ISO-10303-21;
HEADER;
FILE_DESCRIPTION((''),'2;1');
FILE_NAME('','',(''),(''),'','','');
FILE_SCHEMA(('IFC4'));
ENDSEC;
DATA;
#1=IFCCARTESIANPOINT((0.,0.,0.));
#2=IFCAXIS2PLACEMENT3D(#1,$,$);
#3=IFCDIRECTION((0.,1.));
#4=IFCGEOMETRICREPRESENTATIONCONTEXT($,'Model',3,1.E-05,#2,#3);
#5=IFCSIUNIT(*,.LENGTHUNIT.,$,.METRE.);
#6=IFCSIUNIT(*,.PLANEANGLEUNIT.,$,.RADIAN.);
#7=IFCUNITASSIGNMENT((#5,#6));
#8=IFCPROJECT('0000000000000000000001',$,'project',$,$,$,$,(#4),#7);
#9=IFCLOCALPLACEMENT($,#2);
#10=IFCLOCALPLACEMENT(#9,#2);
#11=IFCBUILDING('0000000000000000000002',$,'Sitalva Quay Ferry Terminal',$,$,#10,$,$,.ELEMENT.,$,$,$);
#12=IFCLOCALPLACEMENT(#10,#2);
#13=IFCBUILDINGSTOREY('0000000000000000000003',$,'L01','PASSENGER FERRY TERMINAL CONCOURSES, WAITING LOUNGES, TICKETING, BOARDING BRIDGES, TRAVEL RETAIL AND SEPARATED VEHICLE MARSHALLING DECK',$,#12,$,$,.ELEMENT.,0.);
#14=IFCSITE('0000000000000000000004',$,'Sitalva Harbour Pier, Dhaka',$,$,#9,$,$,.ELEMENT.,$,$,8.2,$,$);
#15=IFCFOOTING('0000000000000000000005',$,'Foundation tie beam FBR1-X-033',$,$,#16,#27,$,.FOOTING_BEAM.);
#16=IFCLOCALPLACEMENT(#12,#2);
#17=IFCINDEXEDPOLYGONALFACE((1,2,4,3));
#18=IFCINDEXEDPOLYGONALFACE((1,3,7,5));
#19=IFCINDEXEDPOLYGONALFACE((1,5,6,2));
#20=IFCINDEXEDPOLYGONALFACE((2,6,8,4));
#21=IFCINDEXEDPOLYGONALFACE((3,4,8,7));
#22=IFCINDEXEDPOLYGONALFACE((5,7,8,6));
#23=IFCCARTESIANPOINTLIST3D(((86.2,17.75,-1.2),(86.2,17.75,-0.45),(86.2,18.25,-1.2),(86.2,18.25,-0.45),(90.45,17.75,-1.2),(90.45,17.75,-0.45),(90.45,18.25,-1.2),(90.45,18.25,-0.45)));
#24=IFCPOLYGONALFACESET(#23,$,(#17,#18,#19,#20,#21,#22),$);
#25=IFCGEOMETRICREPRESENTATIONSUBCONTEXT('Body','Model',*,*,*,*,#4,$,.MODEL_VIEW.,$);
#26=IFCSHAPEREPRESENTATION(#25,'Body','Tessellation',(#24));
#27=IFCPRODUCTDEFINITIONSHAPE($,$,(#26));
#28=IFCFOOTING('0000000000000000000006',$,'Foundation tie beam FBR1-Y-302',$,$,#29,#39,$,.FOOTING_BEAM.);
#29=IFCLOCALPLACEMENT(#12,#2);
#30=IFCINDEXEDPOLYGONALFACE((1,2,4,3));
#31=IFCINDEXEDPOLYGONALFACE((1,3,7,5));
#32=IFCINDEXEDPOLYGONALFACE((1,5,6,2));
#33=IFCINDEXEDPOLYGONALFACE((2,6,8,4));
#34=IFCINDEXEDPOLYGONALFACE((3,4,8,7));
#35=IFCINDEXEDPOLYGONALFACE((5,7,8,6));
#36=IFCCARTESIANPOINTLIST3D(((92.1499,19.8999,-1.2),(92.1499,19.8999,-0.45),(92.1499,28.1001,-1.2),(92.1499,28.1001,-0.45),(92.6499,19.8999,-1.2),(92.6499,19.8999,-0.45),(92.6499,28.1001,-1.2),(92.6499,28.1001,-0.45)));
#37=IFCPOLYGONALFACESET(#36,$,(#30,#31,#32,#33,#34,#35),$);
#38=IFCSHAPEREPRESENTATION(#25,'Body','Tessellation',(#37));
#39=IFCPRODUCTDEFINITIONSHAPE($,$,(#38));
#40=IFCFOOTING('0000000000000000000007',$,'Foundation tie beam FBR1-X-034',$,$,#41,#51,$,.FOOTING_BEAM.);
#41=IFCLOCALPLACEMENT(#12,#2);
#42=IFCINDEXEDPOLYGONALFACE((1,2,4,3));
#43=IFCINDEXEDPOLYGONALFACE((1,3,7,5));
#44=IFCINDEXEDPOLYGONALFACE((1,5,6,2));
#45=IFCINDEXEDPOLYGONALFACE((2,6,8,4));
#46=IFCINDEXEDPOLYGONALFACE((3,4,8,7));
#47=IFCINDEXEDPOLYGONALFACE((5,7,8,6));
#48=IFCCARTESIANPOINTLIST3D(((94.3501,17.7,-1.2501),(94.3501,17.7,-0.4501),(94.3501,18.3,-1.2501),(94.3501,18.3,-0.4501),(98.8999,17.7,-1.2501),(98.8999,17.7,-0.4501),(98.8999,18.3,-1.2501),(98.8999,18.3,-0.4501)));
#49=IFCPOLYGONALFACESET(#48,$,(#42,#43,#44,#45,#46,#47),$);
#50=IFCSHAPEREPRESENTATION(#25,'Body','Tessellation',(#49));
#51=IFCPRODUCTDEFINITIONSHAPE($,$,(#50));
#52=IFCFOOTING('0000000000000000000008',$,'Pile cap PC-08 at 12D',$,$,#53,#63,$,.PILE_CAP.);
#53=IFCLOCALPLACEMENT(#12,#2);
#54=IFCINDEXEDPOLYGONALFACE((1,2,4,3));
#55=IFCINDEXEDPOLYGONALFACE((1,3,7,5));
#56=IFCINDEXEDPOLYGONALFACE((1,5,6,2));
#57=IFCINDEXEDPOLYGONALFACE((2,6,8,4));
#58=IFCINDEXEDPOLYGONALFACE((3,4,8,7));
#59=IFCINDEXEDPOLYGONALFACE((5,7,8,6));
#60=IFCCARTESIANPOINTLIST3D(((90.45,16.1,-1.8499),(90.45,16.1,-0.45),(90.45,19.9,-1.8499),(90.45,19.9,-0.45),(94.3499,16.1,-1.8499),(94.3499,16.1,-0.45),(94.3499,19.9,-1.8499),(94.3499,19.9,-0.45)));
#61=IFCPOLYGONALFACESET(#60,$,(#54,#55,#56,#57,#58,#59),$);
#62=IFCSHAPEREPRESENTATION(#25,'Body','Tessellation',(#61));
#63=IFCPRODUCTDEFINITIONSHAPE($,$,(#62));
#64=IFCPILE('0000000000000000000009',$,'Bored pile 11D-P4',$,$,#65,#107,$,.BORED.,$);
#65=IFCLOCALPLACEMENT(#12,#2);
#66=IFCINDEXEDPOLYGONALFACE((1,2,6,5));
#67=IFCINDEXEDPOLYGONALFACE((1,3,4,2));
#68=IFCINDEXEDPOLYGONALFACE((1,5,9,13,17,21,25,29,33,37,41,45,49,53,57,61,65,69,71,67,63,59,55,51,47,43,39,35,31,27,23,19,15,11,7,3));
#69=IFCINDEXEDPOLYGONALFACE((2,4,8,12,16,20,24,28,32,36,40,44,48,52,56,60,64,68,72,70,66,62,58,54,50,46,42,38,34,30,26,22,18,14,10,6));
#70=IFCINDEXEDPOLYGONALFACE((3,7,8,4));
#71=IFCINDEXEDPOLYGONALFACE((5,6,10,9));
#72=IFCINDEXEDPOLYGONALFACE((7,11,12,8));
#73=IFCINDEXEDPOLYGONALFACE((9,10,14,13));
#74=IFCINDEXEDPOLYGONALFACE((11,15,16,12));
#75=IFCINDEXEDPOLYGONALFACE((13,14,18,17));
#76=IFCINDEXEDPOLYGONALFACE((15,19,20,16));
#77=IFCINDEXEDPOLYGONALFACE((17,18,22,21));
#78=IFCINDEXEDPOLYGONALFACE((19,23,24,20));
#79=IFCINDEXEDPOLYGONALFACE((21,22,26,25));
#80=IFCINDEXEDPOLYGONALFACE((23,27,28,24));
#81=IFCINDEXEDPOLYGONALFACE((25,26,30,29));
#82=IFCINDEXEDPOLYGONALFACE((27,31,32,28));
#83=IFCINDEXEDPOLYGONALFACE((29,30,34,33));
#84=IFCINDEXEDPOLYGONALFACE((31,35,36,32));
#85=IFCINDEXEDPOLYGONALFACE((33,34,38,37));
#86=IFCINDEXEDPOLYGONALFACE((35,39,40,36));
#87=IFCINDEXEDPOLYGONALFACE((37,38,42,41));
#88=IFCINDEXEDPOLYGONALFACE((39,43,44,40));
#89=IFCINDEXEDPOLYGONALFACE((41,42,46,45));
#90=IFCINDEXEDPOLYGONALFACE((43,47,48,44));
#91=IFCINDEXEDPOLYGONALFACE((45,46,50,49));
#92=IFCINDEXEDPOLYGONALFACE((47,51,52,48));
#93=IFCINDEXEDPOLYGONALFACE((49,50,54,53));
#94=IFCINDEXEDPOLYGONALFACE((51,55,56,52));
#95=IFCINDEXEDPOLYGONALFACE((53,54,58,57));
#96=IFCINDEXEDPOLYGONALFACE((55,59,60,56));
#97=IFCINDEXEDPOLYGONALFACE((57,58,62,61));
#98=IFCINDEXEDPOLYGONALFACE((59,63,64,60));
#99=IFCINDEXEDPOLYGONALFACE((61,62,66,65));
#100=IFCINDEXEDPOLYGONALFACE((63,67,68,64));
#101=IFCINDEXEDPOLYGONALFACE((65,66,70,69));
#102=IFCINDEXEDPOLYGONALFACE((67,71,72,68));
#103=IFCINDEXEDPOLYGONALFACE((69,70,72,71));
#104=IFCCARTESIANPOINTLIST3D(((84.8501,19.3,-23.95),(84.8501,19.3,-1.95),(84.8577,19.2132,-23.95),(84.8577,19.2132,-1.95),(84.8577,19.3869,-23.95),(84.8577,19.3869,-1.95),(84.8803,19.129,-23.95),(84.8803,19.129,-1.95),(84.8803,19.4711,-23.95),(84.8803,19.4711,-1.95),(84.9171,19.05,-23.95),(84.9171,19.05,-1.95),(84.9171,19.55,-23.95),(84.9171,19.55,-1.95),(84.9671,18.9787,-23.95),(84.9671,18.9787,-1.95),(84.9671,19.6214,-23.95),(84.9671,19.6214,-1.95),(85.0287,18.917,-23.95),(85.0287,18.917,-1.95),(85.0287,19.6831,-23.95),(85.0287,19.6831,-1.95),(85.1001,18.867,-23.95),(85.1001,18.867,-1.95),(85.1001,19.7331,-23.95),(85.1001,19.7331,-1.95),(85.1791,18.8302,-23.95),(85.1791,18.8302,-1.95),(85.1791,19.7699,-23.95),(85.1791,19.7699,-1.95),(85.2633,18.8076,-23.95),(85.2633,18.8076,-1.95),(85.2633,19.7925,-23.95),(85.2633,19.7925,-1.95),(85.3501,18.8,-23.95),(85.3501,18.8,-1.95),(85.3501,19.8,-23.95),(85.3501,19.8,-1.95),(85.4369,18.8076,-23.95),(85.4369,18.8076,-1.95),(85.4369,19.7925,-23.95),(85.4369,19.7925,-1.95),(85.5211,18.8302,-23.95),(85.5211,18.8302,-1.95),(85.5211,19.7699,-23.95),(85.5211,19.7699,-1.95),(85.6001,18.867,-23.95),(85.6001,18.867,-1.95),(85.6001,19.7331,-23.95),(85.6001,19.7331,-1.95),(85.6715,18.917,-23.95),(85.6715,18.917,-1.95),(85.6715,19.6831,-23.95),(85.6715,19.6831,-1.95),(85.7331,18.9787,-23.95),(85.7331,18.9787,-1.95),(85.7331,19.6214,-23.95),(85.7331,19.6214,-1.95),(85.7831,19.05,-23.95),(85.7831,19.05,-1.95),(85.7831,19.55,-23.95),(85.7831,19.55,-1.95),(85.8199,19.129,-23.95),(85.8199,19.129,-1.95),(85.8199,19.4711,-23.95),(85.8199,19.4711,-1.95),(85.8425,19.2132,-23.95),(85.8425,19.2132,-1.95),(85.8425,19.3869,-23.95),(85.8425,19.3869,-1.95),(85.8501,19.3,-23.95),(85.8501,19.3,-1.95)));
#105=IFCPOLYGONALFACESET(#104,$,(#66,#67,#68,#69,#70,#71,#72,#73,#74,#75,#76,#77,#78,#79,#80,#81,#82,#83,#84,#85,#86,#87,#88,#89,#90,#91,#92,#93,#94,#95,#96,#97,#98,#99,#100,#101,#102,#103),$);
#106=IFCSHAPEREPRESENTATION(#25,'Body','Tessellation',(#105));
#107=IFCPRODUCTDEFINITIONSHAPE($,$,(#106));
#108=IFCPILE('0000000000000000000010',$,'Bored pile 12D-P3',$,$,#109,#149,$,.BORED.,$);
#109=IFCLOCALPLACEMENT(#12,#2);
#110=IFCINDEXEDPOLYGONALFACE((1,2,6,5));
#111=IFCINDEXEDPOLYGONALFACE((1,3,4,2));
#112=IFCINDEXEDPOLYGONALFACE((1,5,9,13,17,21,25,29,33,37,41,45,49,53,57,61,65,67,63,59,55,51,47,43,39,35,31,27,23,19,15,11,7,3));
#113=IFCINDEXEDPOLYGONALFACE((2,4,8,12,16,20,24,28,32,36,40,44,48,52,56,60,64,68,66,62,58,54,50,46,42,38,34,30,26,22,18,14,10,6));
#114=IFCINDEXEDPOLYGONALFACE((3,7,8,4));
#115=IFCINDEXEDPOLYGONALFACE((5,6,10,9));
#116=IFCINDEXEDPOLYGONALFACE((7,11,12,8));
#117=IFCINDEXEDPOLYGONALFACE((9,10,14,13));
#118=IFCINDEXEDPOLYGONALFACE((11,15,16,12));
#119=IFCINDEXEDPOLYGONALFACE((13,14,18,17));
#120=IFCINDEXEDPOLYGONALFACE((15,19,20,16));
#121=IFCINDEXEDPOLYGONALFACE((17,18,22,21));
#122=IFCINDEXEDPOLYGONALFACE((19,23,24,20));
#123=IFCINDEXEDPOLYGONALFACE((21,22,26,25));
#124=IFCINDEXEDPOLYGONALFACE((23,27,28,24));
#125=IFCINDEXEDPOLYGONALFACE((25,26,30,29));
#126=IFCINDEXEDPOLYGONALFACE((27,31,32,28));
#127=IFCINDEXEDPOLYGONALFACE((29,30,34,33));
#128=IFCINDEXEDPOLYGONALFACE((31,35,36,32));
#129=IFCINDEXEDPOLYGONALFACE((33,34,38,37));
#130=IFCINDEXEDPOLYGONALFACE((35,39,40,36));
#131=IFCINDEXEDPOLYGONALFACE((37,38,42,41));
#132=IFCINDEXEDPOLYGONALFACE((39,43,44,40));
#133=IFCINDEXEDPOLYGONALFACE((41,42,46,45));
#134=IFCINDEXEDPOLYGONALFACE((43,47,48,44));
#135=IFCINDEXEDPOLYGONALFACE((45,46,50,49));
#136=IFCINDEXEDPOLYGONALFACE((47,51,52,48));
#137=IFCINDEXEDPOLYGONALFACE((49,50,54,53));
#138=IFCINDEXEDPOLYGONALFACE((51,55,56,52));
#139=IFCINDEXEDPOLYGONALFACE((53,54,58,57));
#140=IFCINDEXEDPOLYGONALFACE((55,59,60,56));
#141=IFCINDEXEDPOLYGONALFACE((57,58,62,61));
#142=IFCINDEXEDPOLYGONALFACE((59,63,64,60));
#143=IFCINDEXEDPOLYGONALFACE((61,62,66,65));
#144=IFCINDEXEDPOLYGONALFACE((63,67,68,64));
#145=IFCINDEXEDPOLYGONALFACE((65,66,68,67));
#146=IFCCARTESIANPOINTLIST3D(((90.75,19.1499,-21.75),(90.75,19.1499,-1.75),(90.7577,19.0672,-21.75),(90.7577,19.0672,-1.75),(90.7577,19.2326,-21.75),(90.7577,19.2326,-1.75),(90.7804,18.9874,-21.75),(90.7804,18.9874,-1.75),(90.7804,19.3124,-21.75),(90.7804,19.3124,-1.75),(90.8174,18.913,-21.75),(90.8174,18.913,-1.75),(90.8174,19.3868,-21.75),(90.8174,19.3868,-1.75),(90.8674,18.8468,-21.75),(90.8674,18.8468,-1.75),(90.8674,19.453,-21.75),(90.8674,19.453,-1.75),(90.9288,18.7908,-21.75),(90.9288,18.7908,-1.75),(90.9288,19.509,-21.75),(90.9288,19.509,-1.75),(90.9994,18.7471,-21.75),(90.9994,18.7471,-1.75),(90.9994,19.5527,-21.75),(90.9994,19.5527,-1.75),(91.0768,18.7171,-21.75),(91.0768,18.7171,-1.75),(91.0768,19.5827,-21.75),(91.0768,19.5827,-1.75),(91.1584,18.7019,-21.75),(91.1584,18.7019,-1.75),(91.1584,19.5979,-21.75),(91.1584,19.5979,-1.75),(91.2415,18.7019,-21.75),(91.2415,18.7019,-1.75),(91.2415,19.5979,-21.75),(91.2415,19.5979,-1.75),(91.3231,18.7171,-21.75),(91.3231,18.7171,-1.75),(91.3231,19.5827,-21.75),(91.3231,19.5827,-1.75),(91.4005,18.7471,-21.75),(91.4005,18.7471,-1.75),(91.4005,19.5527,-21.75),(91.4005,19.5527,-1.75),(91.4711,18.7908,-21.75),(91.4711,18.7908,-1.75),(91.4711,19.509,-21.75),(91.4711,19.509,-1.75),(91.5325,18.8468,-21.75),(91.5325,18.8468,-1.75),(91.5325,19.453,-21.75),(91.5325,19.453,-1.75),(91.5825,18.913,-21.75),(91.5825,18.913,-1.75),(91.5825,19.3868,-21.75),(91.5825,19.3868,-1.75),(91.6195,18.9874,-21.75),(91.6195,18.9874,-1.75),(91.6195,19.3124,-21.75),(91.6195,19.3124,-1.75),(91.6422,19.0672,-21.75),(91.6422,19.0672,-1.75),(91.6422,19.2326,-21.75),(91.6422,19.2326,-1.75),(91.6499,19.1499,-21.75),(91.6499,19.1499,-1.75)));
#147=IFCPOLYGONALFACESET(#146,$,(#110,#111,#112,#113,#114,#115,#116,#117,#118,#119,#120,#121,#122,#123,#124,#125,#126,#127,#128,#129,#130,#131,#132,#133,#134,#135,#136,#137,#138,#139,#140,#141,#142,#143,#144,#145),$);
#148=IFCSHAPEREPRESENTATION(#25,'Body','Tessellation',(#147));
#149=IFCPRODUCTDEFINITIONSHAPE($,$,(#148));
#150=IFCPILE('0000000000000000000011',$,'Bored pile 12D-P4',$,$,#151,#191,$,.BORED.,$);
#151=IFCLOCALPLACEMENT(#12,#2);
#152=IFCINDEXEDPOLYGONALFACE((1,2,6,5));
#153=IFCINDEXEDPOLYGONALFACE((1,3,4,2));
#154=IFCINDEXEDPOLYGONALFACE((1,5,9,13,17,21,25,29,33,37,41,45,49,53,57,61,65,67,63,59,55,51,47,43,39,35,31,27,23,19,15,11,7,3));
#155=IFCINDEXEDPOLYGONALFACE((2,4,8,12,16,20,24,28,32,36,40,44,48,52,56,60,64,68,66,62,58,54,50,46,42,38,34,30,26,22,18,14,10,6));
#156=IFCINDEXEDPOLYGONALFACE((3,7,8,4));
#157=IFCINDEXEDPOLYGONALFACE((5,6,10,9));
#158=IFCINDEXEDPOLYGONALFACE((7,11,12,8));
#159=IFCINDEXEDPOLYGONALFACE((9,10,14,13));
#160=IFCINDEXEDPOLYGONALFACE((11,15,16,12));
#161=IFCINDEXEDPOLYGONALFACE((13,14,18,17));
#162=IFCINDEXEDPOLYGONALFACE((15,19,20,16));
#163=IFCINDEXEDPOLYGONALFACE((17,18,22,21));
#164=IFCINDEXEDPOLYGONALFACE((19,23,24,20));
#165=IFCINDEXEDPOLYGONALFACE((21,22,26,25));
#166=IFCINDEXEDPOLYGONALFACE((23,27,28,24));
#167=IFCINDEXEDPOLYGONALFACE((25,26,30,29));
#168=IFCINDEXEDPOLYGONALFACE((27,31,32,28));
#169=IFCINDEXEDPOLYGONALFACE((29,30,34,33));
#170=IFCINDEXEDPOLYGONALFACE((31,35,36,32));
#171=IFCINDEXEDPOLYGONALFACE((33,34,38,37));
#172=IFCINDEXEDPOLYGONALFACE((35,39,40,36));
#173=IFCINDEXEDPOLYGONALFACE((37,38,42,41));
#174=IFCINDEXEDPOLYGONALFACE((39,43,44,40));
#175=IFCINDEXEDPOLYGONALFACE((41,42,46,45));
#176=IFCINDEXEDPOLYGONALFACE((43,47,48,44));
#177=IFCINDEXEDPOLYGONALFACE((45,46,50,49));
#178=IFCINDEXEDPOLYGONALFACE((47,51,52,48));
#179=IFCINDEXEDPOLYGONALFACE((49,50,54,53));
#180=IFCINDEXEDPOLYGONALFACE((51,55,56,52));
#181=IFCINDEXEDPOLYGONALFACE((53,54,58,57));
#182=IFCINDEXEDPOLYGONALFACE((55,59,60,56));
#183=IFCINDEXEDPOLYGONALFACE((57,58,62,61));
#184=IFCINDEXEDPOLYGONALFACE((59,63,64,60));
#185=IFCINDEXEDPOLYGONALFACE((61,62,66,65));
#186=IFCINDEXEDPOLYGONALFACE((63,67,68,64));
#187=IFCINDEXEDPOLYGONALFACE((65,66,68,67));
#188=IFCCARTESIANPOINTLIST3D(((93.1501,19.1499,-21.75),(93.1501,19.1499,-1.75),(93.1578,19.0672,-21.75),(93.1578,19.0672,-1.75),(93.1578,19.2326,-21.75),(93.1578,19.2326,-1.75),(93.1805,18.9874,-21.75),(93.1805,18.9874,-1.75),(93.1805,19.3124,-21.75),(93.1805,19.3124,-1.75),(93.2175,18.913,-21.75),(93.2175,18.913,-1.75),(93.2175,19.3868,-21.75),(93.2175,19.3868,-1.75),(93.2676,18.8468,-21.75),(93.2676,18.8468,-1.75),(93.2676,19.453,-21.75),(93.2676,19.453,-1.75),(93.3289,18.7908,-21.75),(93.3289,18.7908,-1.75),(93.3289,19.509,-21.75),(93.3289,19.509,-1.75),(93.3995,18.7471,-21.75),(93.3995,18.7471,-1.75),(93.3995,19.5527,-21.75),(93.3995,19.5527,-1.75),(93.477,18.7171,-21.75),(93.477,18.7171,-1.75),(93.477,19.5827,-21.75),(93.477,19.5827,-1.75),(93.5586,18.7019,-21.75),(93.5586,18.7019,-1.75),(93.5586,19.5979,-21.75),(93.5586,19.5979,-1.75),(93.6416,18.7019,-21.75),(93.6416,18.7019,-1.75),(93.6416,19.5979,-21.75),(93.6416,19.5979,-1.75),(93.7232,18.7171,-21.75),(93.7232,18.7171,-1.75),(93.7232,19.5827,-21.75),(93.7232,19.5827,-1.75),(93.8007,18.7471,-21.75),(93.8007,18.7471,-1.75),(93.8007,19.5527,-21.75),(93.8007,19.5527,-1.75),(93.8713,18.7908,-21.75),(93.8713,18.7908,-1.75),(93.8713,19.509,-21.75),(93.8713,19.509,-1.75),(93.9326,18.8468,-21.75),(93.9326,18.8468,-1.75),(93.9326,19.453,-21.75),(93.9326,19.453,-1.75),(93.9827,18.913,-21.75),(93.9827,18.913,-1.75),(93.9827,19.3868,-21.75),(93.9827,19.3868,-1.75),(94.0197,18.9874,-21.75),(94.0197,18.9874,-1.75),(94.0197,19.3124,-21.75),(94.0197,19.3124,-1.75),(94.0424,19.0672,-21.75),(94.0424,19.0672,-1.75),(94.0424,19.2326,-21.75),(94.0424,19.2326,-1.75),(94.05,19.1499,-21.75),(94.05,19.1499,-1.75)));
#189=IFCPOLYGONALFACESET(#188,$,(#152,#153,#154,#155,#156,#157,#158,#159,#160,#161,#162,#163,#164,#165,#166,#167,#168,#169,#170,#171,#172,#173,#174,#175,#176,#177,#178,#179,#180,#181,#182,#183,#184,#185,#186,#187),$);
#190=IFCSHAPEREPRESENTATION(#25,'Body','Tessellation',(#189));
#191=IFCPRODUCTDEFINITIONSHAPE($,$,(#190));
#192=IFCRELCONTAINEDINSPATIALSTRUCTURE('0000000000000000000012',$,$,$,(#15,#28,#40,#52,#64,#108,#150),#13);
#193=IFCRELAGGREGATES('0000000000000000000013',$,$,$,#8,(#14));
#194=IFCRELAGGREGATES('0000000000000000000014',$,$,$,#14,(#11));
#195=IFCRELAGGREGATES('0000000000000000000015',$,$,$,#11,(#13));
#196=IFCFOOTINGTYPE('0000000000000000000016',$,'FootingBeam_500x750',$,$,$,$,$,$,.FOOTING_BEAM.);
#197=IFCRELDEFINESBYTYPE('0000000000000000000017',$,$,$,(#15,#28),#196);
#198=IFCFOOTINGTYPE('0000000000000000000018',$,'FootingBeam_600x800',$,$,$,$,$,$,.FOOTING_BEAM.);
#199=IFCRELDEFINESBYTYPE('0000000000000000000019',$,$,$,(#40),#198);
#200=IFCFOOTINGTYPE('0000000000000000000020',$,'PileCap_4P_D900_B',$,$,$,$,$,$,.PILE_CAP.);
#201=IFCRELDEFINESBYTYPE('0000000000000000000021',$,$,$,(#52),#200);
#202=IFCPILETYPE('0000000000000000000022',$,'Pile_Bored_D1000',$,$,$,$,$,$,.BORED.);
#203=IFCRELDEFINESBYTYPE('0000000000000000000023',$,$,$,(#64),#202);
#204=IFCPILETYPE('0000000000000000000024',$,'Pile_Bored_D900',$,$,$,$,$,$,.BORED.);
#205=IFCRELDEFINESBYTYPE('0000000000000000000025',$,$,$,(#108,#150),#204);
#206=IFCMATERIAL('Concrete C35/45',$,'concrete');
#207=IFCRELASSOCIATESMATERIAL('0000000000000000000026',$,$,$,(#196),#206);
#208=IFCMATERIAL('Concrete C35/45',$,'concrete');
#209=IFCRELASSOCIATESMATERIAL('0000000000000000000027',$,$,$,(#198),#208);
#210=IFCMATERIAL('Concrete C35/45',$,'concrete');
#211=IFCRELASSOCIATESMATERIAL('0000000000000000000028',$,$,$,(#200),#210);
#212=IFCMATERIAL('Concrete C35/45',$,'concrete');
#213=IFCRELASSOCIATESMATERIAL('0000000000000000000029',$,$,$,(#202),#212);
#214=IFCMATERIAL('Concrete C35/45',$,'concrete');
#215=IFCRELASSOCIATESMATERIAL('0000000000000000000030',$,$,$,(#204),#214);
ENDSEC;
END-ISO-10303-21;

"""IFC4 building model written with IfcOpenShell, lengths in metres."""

from ifc_helpers import new_model, si_unit, direction, frame, origin, origin_2d, place, context, subcontext, project, spatial, rectangle, circle, extrude, material, material_profile, profile_set, type_object, element, save


model = new_model("IFC4")

# Units and contexts
model_context = context("Model", 3, precision=1e-05, world=origin(), true_north=direction((0.0, 1.0)))
body_context = subcontext(model_context, "Body", "Model", "MODEL_VIEW")
ifc_project = project(units=[si_unit("LENGTHUNIT", "METRE"), si_unit("PLANEANGLEUNIT", "RADIAN")], contexts=[model_context])

# Site, building, storey
site_placement = place(None, origin())
site = spatial("IfcSite", under=ifc_project, at=site_placement, Name="Sitalva Harbour Pier, Dhaka", CompositionType="ELEMENT", RefElevation=8.2)
building_placement = place(site_placement, origin())
building = spatial("IfcBuilding", under=site, at=building_placement, Name="Sitalva Quay Ferry Terminal", CompositionType="ELEMENT")
storey_placement = place(building_placement, origin())
storey = spatial("IfcBuildingStorey", under=building, at=storey_placement, Name="L01", Description="PASSENGER FERRY TERMINAL CONCOURSES, WAITING LOUNGES, TICKETING, BOARDING BRIDGES, TRAVEL RETAIL AND SEPARATED VEHICLE MARSHALLING DECK", CompositionType="ELEMENT", Elevation=0.0)

# Footings
ifc_material_1 = material(Name="Concrete C35/45", Category="concrete")
ifc_material_profile_1 = material_profile(ifc_material_1, rectangle(XDim=0.5, YDim=0.75, at=origin_2d()), Name="RC500x750")
ifc_profile_set_1 = profile_set([ifc_material_profile_1], Name="Concrete C35/45")
footing_type_1 = type_object("IfcFootingType", Name="FootingBeam_500x750", PredefinedType="FOOTING_BEAM", material=ifc_profile_set_1)
footing_1_placement = place(storey_placement, frame((86.2, 18.0, -0.825), z_axis=(1.0, 0.0, 0.0), x_axis=(0.0, 1.0, 0.0)))
element("IfcFooting", 1, at=footing_1_placement, inside=storey, type_object=footing_type_1, Name="Foundation tie beam FBR1-X-033", PredefinedType="FOOTING_BEAM", context=body_context, shape_type="SweptSolid", body=[
    extrude(rectangle(XDim=0.5, YDim=0.75, at=origin_2d()), origin(), (0.0, 0.0, 1.0), 4.25),
])
footing_2_placement = place(storey_placement, frame((92.3999, 19.8999, -0.825), z_axis=(0.0, 1.0, 0.0), x_axis=(-1.0, 0.0, 0.0)))
element("IfcFooting", 2, at=footing_2_placement, inside=storey, type_object=footing_type_1, Name="Foundation tie beam FBR1-Y-302", PredefinedType="FOOTING_BEAM", context=body_context, shape_type="SweptSolid", body=[
    extrude(rectangle(XDim=0.5, YDim=0.75, at=origin_2d()), origin(), (0.0, 0.0, 1.0), 8.2002),
])
ifc_material_2 = material(Name="Concrete C35/45", Category="concrete")
ifc_material_profile_2 = material_profile(ifc_material_2, rectangle(XDim=0.6001, YDim=0.8, at=origin_2d()), Name="RC600x800")
ifc_profile_set_2 = profile_set([ifc_material_profile_2], Name="Concrete C35/45")
footing_type_2 = type_object("IfcFootingType", Name="FootingBeam_600x800", PredefinedType="FOOTING_BEAM", material=ifc_profile_set_2)
footing_3_placement = place(storey_placement, frame((94.3501, 18.0, -0.8501), z_axis=(1.0, 0.0, 0.0), x_axis=(0.0, 1.0, 0.0)))
element("IfcFooting", 3, at=footing_3_placement, inside=storey, type_object=footing_type_2, Name="Foundation tie beam FBR1-X-034", PredefinedType="FOOTING_BEAM", context=body_context, shape_type="SweptSolid", body=[
    extrude(rectangle(XDim=0.6001, YDim=0.8, at=origin_2d()), origin(), (0.0, 0.0, 1.0), 4.5498),
])
ifc_material_3 = material(Name="Concrete C35/45", Category="concrete")
footing_type_3 = type_object("IfcFootingType", Name="PileCap_4P_D900_B", PredefinedType="PILE_CAP", material=ifc_material_3)
footing_4_placement = place(storey_placement, frame((92.3999, 18.0, -1.8499), z_axis=(0.0, 0.0, 1.0), x_axis=(1.0, 0.0, 0.0)))
element("IfcFooting", 4, at=footing_4_placement, inside=storey, type_object=footing_type_3, Name="Pile cap PC-08 at 12D", PredefinedType="PILE_CAP", context=body_context, shape_type="SweptSolid", body=[
    extrude(rectangle(XDim=3.8999, YDim=3.8, at=origin_2d()), origin(), (0.0, 0.0, 1.0), 1.3999),
])

# Piles
ifc_material_4 = material(Name="Concrete C35/45", Category="concrete")
ifc_material_profile_3 = material_profile(ifc_material_4, circle(Radius=0.5, at=origin_2d()), Name="PILE-D1000")
ifc_profile_set_3 = profile_set([ifc_material_profile_3], Name="Concrete C35/45")
pile_type_1 = type_object("IfcPileType", Name="Pile_Bored_D1000", PredefinedType="BORED", material=ifc_profile_set_3)
pile_placement = place(storey_placement, frame((85.3501, 19.3, -1.95), z_axis=(0.0, 0.0, -1.0), x_axis=(1.0, 0.0, 0.0)))
element("IfcPile", 5, at=pile_placement, inside=storey, type_object=pile_type_1, Name="Bored pile 11D-P4", PredefinedType="BORED", context=body_context, shape_type="SweptSolid", body=[
    extrude(circle(Radius=0.5, at=origin_2d()), origin(), (0.0, 0.0, 1.0), 22.0),
])
ifc_material_5 = material(Name="Concrete C35/45", Category="concrete")
ifc_material_profile_4 = material_profile(ifc_material_5, circle(Radius=0.45, at=origin_2d()), Name="PILE-D900")
ifc_profile_set_4 = profile_set([ifc_material_profile_4], Name="Concrete C35/45")
pile_type_2 = type_object("IfcPileType", Name="Pile_Bored_D900", PredefinedType="BORED", material=ifc_profile_set_4)
for number, where, z_axis, x_axis, name in (
    (6, (91.2, 19.1499, -1.75), (0.0, 0.0, -1.0), (1.0, 0.0, 0.0), "Bored pile 12D-P3"),
    (7, (93.6001, 19.1499, -1.75), (0.0, 0.0, -1.0), (1.0, 0.0, 0.0), "Bored pile 12D-P4"),
):
    element("IfcPile", number, at=place(storey_placement, frame(where, z_axis=z_axis, x_axis=x_axis)), inside=storey, type_object=pile_type_2, Name=name, PredefinedType="BORED", context=body_context, shape_type="SweptSolid", body=[
        extrude(circle(Radius=0.45, at=origin_2d()), origin(), (0.0, 0.0, 1.0), 20.0),
    ])

save(model, "model.ifc")
